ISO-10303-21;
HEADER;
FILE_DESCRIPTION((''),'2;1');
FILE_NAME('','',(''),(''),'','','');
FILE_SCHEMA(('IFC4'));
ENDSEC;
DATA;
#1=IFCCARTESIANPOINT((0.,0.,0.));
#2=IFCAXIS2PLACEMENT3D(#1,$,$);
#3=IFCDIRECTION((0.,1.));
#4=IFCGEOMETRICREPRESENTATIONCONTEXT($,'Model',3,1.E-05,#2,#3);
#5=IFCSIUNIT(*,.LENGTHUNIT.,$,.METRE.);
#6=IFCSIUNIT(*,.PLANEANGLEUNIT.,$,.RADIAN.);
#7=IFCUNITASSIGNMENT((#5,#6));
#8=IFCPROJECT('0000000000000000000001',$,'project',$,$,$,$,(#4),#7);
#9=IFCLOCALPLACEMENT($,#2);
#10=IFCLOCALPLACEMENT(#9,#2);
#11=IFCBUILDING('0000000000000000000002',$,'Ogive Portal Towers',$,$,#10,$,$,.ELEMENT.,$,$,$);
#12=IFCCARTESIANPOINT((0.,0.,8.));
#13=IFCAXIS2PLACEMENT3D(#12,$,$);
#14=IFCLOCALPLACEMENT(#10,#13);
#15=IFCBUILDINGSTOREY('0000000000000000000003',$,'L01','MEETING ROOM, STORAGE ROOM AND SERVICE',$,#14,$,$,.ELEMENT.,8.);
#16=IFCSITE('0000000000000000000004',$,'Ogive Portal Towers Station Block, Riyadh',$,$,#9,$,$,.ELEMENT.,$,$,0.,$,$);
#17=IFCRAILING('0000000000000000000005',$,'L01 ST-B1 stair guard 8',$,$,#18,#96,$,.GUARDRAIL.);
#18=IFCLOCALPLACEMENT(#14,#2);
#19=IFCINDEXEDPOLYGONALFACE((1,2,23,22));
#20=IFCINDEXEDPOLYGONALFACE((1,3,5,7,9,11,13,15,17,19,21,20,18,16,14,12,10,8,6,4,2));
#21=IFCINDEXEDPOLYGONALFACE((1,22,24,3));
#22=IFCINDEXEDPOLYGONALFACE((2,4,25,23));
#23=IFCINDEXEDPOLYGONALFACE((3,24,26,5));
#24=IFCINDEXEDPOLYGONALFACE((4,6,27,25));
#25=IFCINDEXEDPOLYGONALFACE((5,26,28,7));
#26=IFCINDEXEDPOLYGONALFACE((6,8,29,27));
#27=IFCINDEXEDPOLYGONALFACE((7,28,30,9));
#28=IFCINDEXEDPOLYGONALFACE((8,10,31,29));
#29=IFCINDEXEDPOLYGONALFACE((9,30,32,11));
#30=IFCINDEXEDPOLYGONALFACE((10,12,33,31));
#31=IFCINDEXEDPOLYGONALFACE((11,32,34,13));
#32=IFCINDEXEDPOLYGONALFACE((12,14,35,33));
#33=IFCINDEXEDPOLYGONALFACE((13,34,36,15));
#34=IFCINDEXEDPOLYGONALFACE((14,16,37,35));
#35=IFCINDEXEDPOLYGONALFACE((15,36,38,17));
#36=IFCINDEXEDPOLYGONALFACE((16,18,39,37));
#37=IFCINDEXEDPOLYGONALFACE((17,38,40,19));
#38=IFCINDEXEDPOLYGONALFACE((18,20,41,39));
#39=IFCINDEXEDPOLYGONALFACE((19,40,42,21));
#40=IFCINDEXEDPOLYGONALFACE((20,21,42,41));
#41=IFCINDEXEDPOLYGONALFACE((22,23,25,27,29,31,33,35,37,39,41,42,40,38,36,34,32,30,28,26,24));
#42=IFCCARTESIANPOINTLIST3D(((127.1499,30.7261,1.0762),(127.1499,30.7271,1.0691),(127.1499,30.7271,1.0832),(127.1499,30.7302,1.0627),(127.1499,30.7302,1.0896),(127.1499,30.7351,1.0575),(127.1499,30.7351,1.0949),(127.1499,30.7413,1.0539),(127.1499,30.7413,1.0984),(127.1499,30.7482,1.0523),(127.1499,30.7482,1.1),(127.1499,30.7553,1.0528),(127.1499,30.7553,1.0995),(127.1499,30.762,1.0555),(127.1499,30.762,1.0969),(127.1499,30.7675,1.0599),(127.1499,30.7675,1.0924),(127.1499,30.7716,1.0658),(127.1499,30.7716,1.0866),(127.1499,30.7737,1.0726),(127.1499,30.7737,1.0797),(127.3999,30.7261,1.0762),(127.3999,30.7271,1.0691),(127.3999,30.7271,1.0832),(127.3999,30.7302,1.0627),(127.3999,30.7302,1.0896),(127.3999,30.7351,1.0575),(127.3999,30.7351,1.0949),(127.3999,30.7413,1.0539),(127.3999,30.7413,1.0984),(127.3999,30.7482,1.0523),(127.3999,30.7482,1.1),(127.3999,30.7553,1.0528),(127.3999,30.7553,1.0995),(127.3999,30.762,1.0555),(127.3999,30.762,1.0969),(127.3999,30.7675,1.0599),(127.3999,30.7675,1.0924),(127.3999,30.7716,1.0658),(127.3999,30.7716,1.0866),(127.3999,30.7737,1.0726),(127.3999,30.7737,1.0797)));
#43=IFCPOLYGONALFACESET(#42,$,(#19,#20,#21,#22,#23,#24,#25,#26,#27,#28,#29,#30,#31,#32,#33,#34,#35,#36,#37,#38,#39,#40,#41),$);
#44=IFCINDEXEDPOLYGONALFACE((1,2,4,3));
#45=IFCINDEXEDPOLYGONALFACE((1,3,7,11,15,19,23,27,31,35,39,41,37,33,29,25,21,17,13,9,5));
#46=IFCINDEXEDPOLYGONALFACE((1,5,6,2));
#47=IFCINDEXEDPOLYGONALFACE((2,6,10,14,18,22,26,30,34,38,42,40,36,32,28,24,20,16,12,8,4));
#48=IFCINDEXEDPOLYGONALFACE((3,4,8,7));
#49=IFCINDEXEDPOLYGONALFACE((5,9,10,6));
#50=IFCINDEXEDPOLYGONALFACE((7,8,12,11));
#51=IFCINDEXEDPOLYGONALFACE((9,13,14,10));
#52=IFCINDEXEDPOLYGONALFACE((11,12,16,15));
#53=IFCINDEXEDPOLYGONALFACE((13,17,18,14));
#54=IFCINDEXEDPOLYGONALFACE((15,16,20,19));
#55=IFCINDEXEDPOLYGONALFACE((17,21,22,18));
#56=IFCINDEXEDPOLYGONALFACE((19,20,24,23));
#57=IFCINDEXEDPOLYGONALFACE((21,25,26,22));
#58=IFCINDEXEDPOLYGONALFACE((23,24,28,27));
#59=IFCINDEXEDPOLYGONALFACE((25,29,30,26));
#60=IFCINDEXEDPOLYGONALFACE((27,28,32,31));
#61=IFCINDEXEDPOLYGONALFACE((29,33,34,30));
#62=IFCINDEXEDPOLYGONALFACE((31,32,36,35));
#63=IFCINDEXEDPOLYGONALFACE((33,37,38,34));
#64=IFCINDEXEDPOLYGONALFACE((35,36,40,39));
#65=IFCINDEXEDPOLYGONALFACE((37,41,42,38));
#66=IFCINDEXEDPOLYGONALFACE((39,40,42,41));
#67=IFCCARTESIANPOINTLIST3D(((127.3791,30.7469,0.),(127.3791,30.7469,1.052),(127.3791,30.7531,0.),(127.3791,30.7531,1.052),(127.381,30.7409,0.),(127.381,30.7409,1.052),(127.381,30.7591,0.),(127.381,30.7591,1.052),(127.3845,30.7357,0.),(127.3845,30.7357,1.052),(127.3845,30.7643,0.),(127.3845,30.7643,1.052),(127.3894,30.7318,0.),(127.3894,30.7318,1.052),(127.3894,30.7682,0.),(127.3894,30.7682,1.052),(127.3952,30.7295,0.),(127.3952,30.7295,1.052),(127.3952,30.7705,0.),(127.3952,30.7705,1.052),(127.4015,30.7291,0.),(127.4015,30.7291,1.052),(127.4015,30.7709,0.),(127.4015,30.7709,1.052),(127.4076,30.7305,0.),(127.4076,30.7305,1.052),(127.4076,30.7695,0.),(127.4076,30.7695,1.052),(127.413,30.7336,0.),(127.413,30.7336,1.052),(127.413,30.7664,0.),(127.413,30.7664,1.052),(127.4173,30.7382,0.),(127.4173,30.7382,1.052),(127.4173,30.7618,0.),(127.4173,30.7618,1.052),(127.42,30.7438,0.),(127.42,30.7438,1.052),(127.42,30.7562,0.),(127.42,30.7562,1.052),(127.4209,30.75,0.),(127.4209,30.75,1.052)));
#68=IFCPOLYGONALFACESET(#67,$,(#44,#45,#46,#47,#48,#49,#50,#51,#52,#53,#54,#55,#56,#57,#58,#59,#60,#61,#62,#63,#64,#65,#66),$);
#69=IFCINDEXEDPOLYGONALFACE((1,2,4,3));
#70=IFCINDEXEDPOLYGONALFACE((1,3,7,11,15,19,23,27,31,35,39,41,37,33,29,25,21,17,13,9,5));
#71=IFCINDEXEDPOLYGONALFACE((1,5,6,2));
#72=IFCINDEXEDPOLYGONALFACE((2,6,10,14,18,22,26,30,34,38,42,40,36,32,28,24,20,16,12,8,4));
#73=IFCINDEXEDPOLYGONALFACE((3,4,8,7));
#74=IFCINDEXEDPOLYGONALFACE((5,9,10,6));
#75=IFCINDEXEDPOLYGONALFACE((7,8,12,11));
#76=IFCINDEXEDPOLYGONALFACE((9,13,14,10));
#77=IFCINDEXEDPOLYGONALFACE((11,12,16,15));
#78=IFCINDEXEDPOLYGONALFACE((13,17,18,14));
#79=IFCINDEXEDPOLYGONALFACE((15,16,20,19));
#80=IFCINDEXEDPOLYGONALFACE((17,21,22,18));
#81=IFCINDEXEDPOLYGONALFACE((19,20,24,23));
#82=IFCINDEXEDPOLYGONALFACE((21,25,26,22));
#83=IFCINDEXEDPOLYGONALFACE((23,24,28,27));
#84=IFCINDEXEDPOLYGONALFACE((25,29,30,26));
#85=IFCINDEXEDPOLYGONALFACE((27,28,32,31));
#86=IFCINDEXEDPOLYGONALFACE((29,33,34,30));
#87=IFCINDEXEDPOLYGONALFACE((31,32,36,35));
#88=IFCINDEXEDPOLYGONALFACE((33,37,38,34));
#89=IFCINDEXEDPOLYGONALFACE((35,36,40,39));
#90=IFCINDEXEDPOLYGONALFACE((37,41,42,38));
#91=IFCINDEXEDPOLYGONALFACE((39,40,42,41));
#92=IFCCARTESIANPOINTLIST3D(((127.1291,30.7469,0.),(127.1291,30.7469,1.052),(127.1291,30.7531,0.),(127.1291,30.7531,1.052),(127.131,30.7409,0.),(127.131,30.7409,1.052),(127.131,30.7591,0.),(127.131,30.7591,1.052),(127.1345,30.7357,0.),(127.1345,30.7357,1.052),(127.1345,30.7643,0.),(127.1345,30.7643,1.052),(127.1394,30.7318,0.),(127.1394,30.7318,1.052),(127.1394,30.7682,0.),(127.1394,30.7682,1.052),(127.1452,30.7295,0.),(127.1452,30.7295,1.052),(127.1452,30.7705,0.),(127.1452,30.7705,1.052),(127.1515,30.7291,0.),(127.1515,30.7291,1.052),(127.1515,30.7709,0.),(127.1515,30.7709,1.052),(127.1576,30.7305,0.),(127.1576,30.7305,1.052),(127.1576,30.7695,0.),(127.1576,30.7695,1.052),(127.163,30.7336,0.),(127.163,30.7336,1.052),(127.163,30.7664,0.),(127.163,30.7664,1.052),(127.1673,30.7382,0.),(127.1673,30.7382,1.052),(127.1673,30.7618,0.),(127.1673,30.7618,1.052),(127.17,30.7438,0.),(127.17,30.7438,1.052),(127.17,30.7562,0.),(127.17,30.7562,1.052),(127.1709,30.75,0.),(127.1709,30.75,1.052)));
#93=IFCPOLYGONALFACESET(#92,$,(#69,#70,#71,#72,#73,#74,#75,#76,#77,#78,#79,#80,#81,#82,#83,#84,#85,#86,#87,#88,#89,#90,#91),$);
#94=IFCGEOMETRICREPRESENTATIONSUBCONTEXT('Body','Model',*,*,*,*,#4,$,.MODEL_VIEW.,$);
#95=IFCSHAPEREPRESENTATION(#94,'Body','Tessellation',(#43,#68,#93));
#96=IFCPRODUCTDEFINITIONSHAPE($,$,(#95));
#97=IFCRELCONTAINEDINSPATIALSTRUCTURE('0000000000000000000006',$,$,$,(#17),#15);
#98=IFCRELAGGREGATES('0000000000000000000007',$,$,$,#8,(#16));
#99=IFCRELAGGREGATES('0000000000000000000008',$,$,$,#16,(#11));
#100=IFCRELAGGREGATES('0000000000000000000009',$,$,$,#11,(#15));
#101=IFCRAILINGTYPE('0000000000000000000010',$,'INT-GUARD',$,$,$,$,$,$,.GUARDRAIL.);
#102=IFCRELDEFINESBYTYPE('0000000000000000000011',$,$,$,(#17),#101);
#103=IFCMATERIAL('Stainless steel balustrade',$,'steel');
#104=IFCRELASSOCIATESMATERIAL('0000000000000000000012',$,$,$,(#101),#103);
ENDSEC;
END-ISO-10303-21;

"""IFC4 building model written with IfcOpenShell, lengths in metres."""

from ifc_helpers import new_model, si_unit, direction, frame, origin, origin_2d, place, context, subcontext, project, spatial, circle, extrude, material, type_object, element, save


model = new_model("IFC4")

# Units and contexts
model_context = context("Model", 3, precision=1e-05, world=origin(), true_north=direction((0.0, 1.0)))
body_context = subcontext(model_context, "Body", "Model", "MODEL_VIEW")
ifc_project = project(units=[si_unit("LENGTHUNIT", "METRE"), si_unit("PLANEANGLEUNIT", "RADIAN")], contexts=[model_context])

# Site, building, storey
site_placement = place(None, origin())
site = spatial("IfcSite", under=ifc_project, at=site_placement, Name="Ogive Portal Towers Station Block, Riyadh", CompositionType="ELEMENT", RefElevation=0.0)
building_placement = place(site_placement, origin())
building = spatial("IfcBuilding", under=site, at=building_placement, Name="Ogive Portal Towers", CompositionType="ELEMENT")
storey_placement = place(building_placement, frame((0.0, 0.0, 8.0)))
storey = spatial("IfcBuildingStorey", under=building, at=storey_placement, Name="L01", Description="MEETING ROOM, STORAGE ROOM AND SERVICE", CompositionType="ELEMENT", Elevation=8.0)

# Railing
ifc_material_1 = material(Name="Stainless steel balustrade", Category="steel")
railing_type_1 = type_object("IfcRailingType", Name="INT-GUARD", PredefinedType="GUARDRAIL", material=ifc_material_1)
railing_1_placement = place(storey_placement, frame((127.3999, 30.75, 0.0)))
element("IfcRailing", 1, at=railing_1_placement, inside=storey, type_object=railing_type_1, Name="L01 ST-B1 stair guard 8", PredefinedType="GUARDRAIL", context=body_context, shape_type="SweptSolid", body=[
    extrude(circle(Radius=0.0239, at=origin_2d()), frame((0.0, 0.0, 1.0762), z_axis=(-1.0, 0.0, 0.0), x_axis=(0.0, -1.0, 0.0)), (0.0, 0.0, 1.0), 0.25),
    extrude(circle(Radius=0.021, at=origin_2d()), origin(), (0.0, 0.0, 1.0), 1.052),
    extrude(circle(Radius=0.021, at=origin_2d()), frame((-0.25, 0.0, 0.0)), (0.0, 0.0, 1.0), 1.052),
])

save(model, "model.ifc")
